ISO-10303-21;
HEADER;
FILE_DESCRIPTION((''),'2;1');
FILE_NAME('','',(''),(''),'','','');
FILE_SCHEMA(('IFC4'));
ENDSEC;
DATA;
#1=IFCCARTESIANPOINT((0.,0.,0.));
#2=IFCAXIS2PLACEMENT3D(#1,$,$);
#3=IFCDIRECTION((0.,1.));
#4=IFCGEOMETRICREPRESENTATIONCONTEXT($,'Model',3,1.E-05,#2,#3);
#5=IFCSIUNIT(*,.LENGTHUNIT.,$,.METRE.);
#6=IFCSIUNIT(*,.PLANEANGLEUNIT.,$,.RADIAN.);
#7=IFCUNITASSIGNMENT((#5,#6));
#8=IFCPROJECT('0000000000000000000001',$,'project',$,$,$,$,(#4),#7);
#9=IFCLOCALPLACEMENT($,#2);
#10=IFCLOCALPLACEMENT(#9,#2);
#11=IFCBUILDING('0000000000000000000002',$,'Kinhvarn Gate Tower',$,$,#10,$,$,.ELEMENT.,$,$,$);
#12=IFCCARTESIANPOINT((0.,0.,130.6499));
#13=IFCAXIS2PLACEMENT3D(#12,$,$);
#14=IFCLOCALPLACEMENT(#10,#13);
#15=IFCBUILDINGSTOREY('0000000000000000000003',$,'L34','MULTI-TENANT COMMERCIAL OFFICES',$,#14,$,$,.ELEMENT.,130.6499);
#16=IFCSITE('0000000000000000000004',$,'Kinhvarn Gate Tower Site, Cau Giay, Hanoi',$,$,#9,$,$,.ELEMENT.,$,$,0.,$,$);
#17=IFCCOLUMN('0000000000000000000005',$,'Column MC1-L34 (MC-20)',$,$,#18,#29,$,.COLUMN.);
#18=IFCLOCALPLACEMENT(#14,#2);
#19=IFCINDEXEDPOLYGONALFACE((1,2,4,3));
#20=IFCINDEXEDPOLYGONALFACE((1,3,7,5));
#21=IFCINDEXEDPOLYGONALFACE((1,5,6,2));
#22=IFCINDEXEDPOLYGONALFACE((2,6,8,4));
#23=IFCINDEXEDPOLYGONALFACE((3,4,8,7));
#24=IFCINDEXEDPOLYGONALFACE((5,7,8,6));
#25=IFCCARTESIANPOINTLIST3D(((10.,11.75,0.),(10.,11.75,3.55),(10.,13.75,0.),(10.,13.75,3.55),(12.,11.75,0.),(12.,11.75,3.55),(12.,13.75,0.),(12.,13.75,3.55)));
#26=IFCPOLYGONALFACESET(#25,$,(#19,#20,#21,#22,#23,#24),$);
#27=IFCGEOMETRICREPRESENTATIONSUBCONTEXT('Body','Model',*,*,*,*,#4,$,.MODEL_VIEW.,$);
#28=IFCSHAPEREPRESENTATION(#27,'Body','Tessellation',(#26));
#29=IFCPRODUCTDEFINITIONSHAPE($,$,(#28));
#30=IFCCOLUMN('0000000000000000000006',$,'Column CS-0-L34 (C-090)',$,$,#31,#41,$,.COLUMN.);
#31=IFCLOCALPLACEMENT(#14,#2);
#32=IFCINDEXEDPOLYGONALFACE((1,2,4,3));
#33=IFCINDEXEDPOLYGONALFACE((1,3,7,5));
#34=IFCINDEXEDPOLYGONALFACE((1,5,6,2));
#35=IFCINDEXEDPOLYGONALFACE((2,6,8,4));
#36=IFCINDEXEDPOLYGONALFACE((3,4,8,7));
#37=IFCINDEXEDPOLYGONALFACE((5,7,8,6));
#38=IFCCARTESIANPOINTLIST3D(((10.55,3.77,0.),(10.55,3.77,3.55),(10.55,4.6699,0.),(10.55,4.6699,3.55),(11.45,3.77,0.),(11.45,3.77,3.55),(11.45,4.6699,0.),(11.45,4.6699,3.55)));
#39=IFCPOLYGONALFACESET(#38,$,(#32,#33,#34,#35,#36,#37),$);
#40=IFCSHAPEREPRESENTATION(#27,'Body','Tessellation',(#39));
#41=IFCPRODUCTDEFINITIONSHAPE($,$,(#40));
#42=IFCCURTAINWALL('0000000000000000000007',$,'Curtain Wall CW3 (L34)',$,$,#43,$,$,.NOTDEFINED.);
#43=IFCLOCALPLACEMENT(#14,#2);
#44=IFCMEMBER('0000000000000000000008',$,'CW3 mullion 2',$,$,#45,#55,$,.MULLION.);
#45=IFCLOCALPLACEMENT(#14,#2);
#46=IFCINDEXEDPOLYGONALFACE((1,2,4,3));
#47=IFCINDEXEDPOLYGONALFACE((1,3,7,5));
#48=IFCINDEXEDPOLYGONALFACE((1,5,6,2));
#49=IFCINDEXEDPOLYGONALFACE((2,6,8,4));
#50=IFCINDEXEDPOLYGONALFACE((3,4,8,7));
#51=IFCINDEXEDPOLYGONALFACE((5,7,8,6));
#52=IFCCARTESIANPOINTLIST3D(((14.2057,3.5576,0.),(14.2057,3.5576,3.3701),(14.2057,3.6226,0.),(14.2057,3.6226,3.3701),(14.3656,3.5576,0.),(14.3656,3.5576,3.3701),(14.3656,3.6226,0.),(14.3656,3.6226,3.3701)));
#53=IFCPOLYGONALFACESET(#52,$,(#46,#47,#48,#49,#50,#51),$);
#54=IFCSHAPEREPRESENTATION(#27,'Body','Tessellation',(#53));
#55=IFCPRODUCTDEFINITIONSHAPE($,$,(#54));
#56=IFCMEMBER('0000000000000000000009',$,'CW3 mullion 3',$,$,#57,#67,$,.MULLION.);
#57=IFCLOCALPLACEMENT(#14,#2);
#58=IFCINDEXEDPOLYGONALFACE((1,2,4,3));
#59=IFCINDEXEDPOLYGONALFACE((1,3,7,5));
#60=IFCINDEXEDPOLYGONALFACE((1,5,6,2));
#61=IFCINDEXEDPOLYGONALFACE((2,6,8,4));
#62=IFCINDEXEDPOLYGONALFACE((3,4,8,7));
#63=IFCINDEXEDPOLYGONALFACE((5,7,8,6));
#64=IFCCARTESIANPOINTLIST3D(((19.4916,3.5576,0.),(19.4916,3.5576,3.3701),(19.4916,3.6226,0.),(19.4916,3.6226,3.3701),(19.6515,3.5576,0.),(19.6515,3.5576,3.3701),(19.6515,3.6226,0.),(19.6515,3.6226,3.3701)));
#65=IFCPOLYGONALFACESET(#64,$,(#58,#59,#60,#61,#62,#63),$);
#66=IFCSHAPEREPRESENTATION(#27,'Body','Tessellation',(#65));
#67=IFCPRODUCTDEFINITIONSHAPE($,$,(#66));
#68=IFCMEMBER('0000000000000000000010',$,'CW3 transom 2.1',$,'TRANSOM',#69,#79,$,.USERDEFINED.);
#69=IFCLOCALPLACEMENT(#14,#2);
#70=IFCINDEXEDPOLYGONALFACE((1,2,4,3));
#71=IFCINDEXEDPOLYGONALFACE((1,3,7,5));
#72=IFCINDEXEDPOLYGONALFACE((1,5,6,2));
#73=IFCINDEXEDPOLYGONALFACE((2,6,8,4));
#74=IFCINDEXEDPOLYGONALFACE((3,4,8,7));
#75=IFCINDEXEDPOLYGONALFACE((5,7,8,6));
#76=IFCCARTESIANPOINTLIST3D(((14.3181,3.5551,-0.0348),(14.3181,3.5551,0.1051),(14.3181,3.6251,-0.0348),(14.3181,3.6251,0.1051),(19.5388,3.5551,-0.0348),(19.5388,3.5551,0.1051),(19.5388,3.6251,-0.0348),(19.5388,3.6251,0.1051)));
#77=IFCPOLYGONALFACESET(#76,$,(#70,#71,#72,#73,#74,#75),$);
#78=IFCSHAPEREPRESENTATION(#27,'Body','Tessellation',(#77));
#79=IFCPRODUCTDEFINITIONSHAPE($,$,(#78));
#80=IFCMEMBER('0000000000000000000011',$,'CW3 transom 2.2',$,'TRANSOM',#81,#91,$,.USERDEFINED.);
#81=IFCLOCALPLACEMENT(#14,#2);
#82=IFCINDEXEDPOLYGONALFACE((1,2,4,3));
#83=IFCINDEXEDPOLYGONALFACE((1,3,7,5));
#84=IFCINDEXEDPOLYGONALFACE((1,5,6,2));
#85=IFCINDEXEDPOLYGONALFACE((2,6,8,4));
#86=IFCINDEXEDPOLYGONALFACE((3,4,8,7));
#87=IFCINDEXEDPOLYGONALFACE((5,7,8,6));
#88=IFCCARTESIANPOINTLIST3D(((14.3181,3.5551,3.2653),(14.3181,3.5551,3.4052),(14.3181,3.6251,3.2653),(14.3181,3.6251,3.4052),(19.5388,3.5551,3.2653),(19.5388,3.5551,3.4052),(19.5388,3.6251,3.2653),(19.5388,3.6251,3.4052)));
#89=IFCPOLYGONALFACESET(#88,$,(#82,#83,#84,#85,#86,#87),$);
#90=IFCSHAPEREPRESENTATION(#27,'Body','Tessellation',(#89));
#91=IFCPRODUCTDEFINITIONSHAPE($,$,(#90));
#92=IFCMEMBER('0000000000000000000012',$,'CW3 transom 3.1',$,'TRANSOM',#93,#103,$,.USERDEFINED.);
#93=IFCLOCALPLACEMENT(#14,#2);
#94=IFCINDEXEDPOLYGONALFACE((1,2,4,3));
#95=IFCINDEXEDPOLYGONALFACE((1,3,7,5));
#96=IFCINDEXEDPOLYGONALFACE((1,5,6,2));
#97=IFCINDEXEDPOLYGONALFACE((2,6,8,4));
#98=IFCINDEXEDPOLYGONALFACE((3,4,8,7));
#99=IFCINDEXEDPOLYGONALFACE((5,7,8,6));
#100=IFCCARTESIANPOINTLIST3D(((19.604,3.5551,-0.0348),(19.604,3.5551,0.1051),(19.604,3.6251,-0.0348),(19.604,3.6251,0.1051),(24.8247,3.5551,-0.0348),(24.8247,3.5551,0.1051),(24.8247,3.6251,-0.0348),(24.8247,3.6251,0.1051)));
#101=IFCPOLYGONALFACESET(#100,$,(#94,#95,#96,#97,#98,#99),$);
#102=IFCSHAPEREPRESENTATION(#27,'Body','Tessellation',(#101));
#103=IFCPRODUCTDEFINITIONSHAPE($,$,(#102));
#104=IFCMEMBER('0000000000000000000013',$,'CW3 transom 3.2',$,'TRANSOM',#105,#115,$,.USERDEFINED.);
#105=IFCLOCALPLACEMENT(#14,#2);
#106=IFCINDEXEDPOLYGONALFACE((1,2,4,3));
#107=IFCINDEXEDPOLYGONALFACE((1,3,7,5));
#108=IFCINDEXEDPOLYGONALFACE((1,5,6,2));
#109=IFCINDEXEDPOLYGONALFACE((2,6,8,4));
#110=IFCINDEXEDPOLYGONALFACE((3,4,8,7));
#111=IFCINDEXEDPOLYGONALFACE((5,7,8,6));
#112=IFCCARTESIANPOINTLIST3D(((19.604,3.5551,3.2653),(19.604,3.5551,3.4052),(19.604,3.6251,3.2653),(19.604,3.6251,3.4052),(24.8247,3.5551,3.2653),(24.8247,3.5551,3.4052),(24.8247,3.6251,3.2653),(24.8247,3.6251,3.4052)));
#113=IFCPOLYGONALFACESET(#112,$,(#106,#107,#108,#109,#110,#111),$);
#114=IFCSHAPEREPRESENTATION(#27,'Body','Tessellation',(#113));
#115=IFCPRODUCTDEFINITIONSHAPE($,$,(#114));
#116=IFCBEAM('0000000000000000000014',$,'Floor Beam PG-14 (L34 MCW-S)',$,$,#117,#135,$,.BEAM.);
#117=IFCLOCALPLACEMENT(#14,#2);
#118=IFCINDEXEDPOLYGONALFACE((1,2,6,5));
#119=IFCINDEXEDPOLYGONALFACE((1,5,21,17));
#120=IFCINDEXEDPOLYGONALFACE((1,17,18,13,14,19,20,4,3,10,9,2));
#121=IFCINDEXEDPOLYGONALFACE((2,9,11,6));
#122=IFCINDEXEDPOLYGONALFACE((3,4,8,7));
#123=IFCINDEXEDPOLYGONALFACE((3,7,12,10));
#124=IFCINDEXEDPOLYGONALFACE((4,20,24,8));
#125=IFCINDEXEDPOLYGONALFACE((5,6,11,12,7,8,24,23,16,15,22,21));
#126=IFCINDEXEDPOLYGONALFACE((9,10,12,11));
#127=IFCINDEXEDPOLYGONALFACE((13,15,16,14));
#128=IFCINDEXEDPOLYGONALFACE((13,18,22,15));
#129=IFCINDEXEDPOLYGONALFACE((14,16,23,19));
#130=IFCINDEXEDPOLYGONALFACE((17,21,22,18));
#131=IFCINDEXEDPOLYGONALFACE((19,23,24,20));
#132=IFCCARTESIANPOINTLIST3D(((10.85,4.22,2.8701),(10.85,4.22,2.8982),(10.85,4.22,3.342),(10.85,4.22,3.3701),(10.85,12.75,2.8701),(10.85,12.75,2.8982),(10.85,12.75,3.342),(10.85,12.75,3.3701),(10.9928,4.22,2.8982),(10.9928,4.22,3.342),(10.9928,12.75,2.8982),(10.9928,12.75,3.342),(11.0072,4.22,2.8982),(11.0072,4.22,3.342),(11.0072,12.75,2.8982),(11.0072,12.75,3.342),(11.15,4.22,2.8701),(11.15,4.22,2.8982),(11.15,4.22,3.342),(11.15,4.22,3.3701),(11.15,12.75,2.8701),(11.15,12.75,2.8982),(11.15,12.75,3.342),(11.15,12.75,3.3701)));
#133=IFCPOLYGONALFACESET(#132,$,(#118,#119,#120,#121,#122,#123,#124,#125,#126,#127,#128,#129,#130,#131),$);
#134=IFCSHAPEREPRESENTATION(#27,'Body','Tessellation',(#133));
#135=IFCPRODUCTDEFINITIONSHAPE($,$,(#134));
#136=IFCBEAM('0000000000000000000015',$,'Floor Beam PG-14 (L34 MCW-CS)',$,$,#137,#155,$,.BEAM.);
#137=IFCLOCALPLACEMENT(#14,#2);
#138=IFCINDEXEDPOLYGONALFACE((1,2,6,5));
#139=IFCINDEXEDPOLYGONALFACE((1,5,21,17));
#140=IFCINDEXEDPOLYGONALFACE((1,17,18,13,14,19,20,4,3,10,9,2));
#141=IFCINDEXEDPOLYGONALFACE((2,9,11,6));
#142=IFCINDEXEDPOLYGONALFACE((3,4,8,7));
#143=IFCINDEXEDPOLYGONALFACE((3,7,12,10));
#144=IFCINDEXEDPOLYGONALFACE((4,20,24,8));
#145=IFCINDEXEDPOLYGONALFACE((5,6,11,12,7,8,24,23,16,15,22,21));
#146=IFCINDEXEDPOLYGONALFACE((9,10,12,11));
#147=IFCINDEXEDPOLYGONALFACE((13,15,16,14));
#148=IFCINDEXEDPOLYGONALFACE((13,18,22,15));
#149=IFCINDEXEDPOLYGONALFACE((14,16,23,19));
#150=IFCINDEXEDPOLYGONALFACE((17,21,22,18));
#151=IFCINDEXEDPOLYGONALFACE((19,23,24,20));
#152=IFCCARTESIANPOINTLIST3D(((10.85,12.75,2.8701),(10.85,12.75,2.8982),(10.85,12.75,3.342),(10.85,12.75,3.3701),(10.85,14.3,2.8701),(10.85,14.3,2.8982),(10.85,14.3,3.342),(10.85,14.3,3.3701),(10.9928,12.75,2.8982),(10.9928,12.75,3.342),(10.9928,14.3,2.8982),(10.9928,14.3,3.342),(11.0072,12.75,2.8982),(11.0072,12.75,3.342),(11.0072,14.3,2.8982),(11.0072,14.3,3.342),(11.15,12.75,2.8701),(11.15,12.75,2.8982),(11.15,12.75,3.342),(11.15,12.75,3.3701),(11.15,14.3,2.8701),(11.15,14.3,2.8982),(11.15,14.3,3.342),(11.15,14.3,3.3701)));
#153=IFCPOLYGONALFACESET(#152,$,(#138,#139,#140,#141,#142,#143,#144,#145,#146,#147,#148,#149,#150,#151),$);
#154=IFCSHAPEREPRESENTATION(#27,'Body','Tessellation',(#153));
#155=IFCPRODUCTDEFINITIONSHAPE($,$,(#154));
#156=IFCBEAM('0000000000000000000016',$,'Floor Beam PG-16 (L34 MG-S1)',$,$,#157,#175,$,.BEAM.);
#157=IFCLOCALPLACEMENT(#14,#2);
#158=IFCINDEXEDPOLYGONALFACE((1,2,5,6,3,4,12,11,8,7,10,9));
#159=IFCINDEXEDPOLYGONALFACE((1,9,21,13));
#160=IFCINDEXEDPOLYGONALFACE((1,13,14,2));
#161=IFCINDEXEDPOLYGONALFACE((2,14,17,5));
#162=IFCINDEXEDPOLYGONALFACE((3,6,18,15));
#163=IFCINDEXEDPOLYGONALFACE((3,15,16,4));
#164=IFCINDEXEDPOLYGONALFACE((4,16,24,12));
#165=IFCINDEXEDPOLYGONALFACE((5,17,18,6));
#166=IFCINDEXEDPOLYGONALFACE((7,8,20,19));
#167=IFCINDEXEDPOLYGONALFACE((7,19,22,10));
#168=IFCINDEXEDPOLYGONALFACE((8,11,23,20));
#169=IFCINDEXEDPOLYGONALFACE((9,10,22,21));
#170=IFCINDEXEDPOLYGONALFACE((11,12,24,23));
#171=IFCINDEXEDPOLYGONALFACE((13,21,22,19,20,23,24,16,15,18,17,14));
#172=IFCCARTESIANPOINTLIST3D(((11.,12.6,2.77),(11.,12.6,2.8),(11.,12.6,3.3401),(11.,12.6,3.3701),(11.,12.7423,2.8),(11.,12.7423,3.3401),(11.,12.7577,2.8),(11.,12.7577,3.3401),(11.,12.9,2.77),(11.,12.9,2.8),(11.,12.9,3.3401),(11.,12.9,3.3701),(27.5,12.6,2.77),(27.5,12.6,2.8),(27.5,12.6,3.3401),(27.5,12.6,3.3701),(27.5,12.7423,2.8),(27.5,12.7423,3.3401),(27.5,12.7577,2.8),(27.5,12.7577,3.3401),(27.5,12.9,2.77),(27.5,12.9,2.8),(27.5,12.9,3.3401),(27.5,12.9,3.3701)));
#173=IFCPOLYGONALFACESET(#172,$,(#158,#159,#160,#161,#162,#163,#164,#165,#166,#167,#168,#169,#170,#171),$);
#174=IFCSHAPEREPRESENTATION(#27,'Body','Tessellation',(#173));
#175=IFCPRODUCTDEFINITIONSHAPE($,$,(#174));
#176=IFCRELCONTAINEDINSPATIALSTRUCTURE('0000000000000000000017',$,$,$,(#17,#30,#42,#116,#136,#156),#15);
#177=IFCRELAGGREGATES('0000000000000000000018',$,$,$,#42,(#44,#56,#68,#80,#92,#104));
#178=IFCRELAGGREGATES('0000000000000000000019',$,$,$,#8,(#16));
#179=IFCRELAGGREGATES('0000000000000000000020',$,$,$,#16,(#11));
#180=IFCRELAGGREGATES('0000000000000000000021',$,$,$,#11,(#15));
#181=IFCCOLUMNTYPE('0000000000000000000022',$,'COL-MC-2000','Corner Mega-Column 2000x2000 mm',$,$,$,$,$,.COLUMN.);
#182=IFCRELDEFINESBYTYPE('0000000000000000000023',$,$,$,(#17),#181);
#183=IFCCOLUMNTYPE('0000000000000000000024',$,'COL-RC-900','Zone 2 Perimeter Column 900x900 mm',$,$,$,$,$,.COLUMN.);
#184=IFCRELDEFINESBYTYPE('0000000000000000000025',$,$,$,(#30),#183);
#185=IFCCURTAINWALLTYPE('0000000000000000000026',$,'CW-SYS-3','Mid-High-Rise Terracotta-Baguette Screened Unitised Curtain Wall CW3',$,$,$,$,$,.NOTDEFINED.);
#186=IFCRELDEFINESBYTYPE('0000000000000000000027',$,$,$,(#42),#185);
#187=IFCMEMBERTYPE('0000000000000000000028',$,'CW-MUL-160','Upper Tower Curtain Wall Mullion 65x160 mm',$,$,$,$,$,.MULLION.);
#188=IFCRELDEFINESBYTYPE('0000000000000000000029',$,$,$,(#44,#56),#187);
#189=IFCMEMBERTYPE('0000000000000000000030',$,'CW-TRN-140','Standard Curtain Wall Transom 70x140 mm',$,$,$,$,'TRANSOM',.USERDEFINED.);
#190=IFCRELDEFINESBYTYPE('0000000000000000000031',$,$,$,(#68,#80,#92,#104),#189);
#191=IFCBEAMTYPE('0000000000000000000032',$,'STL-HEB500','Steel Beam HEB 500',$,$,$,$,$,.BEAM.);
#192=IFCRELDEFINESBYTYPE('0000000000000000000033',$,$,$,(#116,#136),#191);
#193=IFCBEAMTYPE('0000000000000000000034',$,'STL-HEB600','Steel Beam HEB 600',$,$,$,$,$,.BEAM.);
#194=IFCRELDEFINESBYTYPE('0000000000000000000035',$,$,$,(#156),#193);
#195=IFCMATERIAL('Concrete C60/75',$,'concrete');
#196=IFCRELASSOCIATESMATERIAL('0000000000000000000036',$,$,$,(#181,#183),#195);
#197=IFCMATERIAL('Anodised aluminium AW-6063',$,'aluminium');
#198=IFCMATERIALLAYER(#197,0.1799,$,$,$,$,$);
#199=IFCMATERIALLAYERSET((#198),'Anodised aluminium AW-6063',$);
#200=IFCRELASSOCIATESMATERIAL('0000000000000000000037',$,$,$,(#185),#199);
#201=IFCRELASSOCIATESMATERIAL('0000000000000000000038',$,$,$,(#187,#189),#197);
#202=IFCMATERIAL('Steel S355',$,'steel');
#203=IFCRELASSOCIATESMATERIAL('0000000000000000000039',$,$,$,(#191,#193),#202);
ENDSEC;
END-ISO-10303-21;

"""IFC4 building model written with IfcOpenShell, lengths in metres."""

from ifc_helpers import new_model, si_unit, direction, frame, origin, origin_2d, place, context, subcontext, project, spatial, rectangle, i_section, extrude, material, layer, layer_set, material_profile, profile_set, type_object, element, aggregate, save


model = new_model("IFC4")

# Units and contexts
model_context = context("Model", 3, precision=1e-05, world=origin(), true_north=direction((0.0, 1.0)))
body_context = subcontext(model_context, "Body", "Model", "MODEL_VIEW")
ifc_project = project(units=[si_unit("LENGTHUNIT", "METRE"), si_unit("PLANEANGLEUNIT", "RADIAN")], contexts=[model_context])

# Site, building, storey
site_placement = place(None, origin())
site = spatial("IfcSite", under=ifc_project, at=site_placement, Name="Kinhvarn Gate Tower Site, Cau Giay, Hanoi", CompositionType="ELEMENT", RefElevation=0.0)
building_placement = place(site_placement, origin())
building = spatial("IfcBuilding", under=site, at=building_placement, Name="Kinhvarn Gate Tower", CompositionType="ELEMENT")
storey_placement = place(building_placement, frame((0.0, 0.0, 130.6499)))
storey = spatial("IfcBuildingStorey", under=building, at=storey_placement, Name="L34", Description="MULTI-TENANT COMMERCIAL OFFICES", CompositionType="ELEMENT", Elevation=130.6499)

# Columns
ifc_material_1 = material(Name="Concrete C60/75", Category="concrete")
ifc_material_profile_1 = material_profile(ifc_material_1, rectangle(XDim=2.0, YDim=2.0, at=origin_2d()), Name="RC 2000x2000")
ifc_profile_set_1 = profile_set([ifc_material_profile_1], Name="Concrete C60/75")
column_type_1 = type_object("IfcColumnType", Name="COL-MC-2000", Description="Corner Mega-Column 2000x2000 mm", PredefinedType="COLUMN", material=ifc_profile_set_1)
column_1_placement = place(storey_placement, frame((11.0, 12.75, 0.0), z_axis=(0.0, 0.0, 1.0), x_axis=(1.0, 0.0, 0.0)))
element("IfcColumn", 1, at=column_1_placement, inside=storey, type_object=column_type_1, Name="Column MC1-L34 (MC-20)", PredefinedType="COLUMN", context=body_context, shape_type="SweptSolid", body=[
    extrude(rectangle(XDim=2.0, YDim=2.0, at=origin_2d()), origin(), (0.0, 0.0, 1.0), 3.55),
])
ifc_material_profile_2 = material_profile(ifc_material_1, rectangle(XDim=0.8999, YDim=0.8999, at=origin_2d()), Name="RC 900x900")
ifc_profile_set_2 = profile_set([ifc_material_profile_2], Name="Concrete C60/75")
column_type_2 = type_object("IfcColumnType", Name="COL-RC-900", Description="Zone 2 Perimeter Column 900x900 mm", PredefinedType="COLUMN", material=ifc_profile_set_2)
column_2_placement = place(storey_placement, frame((11.0, 4.22, 0.0), z_axis=(0.0, 0.0, 1.0), x_axis=(1.0, 0.0, 0.0)))
element("IfcColumn", 2, at=column_2_placement, inside=storey, type_object=column_type_2, Name="Column CS-0-L34 (C-090)", PredefinedType="COLUMN", context=body_context, shape_type="SweptSolid", body=[
    extrude(rectangle(XDim=0.8999, YDim=0.8999, at=origin_2d()), origin(), (0.0, 0.0, 1.0), 3.55),
])

# Curtain wall, members
ifc_material_2 = material(Name="Anodised aluminium AW-6063", Category="aluminium")
ifc_layer_1 = layer(ifc_material_2, 0.1799)
ifc_layer_set_1 = layer_set([ifc_layer_1], Name="Anodised aluminium AW-6063")
curtain_wall_type = type_object("IfcCurtainWallType", Name="CW-SYS-3", Description="Mid-High-Rise Terracotta-Baguette Screened Unitised Curtain Wall CW3", PredefinedType="NOTDEFINED", material=ifc_layer_set_1)
curtain_wall_placement = place(storey_placement, origin())
curtain_wall = element("IfcCurtainWall", 3, at=curtain_wall_placement, inside=storey, type_object=curtain_wall_type, Name="Curtain Wall CW3 (L34)", PredefinedType="NOTDEFINED")
ifc_material_profile_3 = material_profile(ifc_material_2, rectangle(XDim=0.0649, YDim=0.1599, at=origin_2d()), Name="ALU 65x160")
ifc_profile_set_3 = profile_set([ifc_material_profile_3], Name="Anodised aluminium AW-6063")
member_type_1 = type_object("IfcMemberType", Name="CW-MUL-160", Description="Upper Tower Curtain Wall Mullion 65x160 mm", PredefinedType="MULLION", material=ifc_profile_set_3)
member_1_placement = place(storey_placement, frame((14.2856, 3.5901, 0.0), z_axis=(0.0, 0.0, 1.0), x_axis=(0.0, 1.0, 0.0)))
member_1 = element("IfcMember", 4, at=member_1_placement, type_object=member_type_1, Name="CW3 mullion 2", PredefinedType="MULLION", context=body_context, shape_type="SweptSolid", body=[
    extrude(rectangle(XDim=0.0649, YDim=0.1599, at=origin_2d()), origin(), (0.0, 0.0, 1.0), 3.3701),
])
member_2_placement = place(storey_placement, frame((19.5715, 3.5901, 0.0), z_axis=(0.0, 0.0, 1.0), x_axis=(0.0, 1.0, 0.0)))
member_2 = element("IfcMember", 5, at=member_2_placement, type_object=member_type_1, Name="CW3 mullion 3", PredefinedType="MULLION", context=body_context, shape_type="SweptSolid", body=[
    extrude(rectangle(XDim=0.0649, YDim=0.1599, at=origin_2d()), origin(), (0.0, 0.0, 1.0), 3.3701),
])
ifc_material_profile_4 = material_profile(ifc_material_2, rectangle(XDim=0.0701, YDim=0.1399, at=origin_2d()), Name="ALU 70x140")
ifc_profile_set_4 = profile_set([ifc_material_profile_4], Name="Anodised aluminium AW-6063")
member_type_2 = type_object("IfcMemberType", Name="CW-TRN-140", Description="Standard Curtain Wall Transom 70x140 mm", ElementType="TRANSOM", PredefinedType="USERDEFINED", material=ifc_profile_set_4)
member_3_placement = place(storey_placement, frame((14.3181, 3.5901, 0.0352), z_axis=(1.0, 0.0, 0.0), x_axis=(0.0, 1.0, 0.0)))
member_3 = element("IfcMember", 6, at=member_3_placement, type_object=member_type_2, Name="CW3 transom 2.1", ObjectType="TRANSOM", PredefinedType="USERDEFINED", context=body_context, shape_type="SweptSolid", body=[
    extrude(rectangle(XDim=0.0701, YDim=0.1399, at=origin_2d()), origin(), (0.0, 0.0, 1.0), 5.2207),
])
member_4_placement = place(storey_placement, frame((14.3181, 3.5901, 3.3352), z_axis=(1.0, 0.0, 0.0), x_axis=(0.0, 1.0, 0.0)))
member_4 = element("IfcMember", 7, at=member_4_placement, type_object=member_type_2, Name="CW3 transom 2.2", ObjectType="TRANSOM", PredefinedType="USERDEFINED", context=body_context, shape_type="SweptSolid", body=[
    extrude(rectangle(XDim=0.0701, YDim=0.1399, at=origin_2d()), origin(), (0.0, 0.0, 1.0), 5.2207),
])
member_5_placement = place(storey_placement, frame((19.604, 3.5901, 0.0352), z_axis=(1.0, 0.0, 0.0), x_axis=(0.0, 1.0, 0.0)))
member_5 = element("IfcMember", 8, at=member_5_placement, type_object=member_type_2, Name="CW3 transom 3.1", ObjectType="TRANSOM", PredefinedType="USERDEFINED", context=body_context, shape_type="SweptSolid", body=[
    extrude(rectangle(XDim=0.0701, YDim=0.1399, at=origin_2d()), origin(), (0.0, 0.0, 1.0), 5.2207),
])
member_6_placement = place(storey_placement, frame((19.604, 3.5901, 3.3352), z_axis=(1.0, 0.0, 0.0), x_axis=(0.0, 1.0, 0.0)))
member_6 = element("IfcMember", 9, at=member_6_placement, type_object=member_type_2, Name="CW3 transom 3.2", ObjectType="TRANSOM", PredefinedType="USERDEFINED", context=body_context, shape_type="SweptSolid", body=[
    extrude(rectangle(XDim=0.0701, YDim=0.1399, at=origin_2d()), origin(), (0.0, 0.0, 1.0), 5.2207),
])

# Beams
ifc_material_3 = material(Name="Steel S355", Category="steel")
ifc_material_profile_5 = material_profile(ifc_material_3, i_section(OverallWidth=0.3, OverallDepth=0.5, WebThickness=0.0144, FlangeThickness=0.0281, at=origin_2d()), Name="HEB 500")
ifc_profile_set_5 = profile_set([ifc_material_profile_5], Name="Steel S355")
beam_type_1 = type_object("IfcBeamType", Name="STL-HEB500", Description="Steel Beam HEB 500", PredefinedType="BEAM", material=ifc_profile_set_5)
beam_1_placement = place(storey_placement, frame((11.0, 4.22, 3.1201), z_axis=(0.0, 1.0, 0.0), x_axis=(-1.0, 0.0, 0.0)))
element("IfcBeam", 10, at=beam_1_placement, inside=storey, type_object=beam_type_1, Name="Floor Beam PG-14 (L34 MCW-S)", PredefinedType="BEAM", context=body_context, shape_type="SweptSolid", body=[
    extrude(i_section(OverallWidth=0.3, OverallDepth=0.5, WebThickness=0.0144, FlangeThickness=0.0281, at=origin_2d()), origin(), (0.0, 0.0, 1.0), 8.53),
])
beam_2_placement = place(storey_placement, frame((11.0, 12.75, 3.1201), z_axis=(0.0, 1.0, 0.0), x_axis=(-1.0, 0.0, 0.0)))
element("IfcBeam", 11, at=beam_2_placement, inside=storey, type_object=beam_type_1, Name="Floor Beam PG-14 (L34 MCW-CS)", PredefinedType="BEAM", context=body_context, shape_type="SweptSolid", body=[
    extrude(i_section(OverallWidth=0.3, OverallDepth=0.5, WebThickness=0.0144, FlangeThickness=0.0281, at=origin_2d()), origin(), (0.0, 0.0, 1.0), 1.55),
])
ifc_material_profile_6 = material_profile(ifc_material_3, i_section(OverallWidth=0.3, OverallDepth=0.6001, WebThickness=0.0154, FlangeThickness=0.03, at=origin_2d()), Name="HEB 600")
ifc_profile_set_6 = profile_set([ifc_material_profile_6], Name="Steel S355")
beam_type_2 = type_object("IfcBeamType", Name="STL-HEB600", Description="Steel Beam HEB 600", PredefinedType="BEAM", material=ifc_profile_set_6)
beam_3_placement = place(storey_placement, frame((11.0, 12.75, 3.0701), z_axis=(1.0, 0.0, 0.0), x_axis=(0.0, 1.0, 0.0)))
element("IfcBeam", 12, at=beam_3_placement, inside=storey, type_object=beam_type_2, Name="Floor Beam PG-16 (L34 MG-S1)", PredefinedType="BEAM", context=body_context, shape_type="SweptSolid", body=[
    extrude(i_section(OverallWidth=0.3, OverallDepth=0.6001, WebThickness=0.0154, FlangeThickness=0.03, at=origin_2d()), origin(), (0.0, 0.0, 1.0), 16.5),
])

aggregate(curtain_wall, [member_1, member_2, member_3, member_4, member_5, member_6])

save(model, "model.ifc")
